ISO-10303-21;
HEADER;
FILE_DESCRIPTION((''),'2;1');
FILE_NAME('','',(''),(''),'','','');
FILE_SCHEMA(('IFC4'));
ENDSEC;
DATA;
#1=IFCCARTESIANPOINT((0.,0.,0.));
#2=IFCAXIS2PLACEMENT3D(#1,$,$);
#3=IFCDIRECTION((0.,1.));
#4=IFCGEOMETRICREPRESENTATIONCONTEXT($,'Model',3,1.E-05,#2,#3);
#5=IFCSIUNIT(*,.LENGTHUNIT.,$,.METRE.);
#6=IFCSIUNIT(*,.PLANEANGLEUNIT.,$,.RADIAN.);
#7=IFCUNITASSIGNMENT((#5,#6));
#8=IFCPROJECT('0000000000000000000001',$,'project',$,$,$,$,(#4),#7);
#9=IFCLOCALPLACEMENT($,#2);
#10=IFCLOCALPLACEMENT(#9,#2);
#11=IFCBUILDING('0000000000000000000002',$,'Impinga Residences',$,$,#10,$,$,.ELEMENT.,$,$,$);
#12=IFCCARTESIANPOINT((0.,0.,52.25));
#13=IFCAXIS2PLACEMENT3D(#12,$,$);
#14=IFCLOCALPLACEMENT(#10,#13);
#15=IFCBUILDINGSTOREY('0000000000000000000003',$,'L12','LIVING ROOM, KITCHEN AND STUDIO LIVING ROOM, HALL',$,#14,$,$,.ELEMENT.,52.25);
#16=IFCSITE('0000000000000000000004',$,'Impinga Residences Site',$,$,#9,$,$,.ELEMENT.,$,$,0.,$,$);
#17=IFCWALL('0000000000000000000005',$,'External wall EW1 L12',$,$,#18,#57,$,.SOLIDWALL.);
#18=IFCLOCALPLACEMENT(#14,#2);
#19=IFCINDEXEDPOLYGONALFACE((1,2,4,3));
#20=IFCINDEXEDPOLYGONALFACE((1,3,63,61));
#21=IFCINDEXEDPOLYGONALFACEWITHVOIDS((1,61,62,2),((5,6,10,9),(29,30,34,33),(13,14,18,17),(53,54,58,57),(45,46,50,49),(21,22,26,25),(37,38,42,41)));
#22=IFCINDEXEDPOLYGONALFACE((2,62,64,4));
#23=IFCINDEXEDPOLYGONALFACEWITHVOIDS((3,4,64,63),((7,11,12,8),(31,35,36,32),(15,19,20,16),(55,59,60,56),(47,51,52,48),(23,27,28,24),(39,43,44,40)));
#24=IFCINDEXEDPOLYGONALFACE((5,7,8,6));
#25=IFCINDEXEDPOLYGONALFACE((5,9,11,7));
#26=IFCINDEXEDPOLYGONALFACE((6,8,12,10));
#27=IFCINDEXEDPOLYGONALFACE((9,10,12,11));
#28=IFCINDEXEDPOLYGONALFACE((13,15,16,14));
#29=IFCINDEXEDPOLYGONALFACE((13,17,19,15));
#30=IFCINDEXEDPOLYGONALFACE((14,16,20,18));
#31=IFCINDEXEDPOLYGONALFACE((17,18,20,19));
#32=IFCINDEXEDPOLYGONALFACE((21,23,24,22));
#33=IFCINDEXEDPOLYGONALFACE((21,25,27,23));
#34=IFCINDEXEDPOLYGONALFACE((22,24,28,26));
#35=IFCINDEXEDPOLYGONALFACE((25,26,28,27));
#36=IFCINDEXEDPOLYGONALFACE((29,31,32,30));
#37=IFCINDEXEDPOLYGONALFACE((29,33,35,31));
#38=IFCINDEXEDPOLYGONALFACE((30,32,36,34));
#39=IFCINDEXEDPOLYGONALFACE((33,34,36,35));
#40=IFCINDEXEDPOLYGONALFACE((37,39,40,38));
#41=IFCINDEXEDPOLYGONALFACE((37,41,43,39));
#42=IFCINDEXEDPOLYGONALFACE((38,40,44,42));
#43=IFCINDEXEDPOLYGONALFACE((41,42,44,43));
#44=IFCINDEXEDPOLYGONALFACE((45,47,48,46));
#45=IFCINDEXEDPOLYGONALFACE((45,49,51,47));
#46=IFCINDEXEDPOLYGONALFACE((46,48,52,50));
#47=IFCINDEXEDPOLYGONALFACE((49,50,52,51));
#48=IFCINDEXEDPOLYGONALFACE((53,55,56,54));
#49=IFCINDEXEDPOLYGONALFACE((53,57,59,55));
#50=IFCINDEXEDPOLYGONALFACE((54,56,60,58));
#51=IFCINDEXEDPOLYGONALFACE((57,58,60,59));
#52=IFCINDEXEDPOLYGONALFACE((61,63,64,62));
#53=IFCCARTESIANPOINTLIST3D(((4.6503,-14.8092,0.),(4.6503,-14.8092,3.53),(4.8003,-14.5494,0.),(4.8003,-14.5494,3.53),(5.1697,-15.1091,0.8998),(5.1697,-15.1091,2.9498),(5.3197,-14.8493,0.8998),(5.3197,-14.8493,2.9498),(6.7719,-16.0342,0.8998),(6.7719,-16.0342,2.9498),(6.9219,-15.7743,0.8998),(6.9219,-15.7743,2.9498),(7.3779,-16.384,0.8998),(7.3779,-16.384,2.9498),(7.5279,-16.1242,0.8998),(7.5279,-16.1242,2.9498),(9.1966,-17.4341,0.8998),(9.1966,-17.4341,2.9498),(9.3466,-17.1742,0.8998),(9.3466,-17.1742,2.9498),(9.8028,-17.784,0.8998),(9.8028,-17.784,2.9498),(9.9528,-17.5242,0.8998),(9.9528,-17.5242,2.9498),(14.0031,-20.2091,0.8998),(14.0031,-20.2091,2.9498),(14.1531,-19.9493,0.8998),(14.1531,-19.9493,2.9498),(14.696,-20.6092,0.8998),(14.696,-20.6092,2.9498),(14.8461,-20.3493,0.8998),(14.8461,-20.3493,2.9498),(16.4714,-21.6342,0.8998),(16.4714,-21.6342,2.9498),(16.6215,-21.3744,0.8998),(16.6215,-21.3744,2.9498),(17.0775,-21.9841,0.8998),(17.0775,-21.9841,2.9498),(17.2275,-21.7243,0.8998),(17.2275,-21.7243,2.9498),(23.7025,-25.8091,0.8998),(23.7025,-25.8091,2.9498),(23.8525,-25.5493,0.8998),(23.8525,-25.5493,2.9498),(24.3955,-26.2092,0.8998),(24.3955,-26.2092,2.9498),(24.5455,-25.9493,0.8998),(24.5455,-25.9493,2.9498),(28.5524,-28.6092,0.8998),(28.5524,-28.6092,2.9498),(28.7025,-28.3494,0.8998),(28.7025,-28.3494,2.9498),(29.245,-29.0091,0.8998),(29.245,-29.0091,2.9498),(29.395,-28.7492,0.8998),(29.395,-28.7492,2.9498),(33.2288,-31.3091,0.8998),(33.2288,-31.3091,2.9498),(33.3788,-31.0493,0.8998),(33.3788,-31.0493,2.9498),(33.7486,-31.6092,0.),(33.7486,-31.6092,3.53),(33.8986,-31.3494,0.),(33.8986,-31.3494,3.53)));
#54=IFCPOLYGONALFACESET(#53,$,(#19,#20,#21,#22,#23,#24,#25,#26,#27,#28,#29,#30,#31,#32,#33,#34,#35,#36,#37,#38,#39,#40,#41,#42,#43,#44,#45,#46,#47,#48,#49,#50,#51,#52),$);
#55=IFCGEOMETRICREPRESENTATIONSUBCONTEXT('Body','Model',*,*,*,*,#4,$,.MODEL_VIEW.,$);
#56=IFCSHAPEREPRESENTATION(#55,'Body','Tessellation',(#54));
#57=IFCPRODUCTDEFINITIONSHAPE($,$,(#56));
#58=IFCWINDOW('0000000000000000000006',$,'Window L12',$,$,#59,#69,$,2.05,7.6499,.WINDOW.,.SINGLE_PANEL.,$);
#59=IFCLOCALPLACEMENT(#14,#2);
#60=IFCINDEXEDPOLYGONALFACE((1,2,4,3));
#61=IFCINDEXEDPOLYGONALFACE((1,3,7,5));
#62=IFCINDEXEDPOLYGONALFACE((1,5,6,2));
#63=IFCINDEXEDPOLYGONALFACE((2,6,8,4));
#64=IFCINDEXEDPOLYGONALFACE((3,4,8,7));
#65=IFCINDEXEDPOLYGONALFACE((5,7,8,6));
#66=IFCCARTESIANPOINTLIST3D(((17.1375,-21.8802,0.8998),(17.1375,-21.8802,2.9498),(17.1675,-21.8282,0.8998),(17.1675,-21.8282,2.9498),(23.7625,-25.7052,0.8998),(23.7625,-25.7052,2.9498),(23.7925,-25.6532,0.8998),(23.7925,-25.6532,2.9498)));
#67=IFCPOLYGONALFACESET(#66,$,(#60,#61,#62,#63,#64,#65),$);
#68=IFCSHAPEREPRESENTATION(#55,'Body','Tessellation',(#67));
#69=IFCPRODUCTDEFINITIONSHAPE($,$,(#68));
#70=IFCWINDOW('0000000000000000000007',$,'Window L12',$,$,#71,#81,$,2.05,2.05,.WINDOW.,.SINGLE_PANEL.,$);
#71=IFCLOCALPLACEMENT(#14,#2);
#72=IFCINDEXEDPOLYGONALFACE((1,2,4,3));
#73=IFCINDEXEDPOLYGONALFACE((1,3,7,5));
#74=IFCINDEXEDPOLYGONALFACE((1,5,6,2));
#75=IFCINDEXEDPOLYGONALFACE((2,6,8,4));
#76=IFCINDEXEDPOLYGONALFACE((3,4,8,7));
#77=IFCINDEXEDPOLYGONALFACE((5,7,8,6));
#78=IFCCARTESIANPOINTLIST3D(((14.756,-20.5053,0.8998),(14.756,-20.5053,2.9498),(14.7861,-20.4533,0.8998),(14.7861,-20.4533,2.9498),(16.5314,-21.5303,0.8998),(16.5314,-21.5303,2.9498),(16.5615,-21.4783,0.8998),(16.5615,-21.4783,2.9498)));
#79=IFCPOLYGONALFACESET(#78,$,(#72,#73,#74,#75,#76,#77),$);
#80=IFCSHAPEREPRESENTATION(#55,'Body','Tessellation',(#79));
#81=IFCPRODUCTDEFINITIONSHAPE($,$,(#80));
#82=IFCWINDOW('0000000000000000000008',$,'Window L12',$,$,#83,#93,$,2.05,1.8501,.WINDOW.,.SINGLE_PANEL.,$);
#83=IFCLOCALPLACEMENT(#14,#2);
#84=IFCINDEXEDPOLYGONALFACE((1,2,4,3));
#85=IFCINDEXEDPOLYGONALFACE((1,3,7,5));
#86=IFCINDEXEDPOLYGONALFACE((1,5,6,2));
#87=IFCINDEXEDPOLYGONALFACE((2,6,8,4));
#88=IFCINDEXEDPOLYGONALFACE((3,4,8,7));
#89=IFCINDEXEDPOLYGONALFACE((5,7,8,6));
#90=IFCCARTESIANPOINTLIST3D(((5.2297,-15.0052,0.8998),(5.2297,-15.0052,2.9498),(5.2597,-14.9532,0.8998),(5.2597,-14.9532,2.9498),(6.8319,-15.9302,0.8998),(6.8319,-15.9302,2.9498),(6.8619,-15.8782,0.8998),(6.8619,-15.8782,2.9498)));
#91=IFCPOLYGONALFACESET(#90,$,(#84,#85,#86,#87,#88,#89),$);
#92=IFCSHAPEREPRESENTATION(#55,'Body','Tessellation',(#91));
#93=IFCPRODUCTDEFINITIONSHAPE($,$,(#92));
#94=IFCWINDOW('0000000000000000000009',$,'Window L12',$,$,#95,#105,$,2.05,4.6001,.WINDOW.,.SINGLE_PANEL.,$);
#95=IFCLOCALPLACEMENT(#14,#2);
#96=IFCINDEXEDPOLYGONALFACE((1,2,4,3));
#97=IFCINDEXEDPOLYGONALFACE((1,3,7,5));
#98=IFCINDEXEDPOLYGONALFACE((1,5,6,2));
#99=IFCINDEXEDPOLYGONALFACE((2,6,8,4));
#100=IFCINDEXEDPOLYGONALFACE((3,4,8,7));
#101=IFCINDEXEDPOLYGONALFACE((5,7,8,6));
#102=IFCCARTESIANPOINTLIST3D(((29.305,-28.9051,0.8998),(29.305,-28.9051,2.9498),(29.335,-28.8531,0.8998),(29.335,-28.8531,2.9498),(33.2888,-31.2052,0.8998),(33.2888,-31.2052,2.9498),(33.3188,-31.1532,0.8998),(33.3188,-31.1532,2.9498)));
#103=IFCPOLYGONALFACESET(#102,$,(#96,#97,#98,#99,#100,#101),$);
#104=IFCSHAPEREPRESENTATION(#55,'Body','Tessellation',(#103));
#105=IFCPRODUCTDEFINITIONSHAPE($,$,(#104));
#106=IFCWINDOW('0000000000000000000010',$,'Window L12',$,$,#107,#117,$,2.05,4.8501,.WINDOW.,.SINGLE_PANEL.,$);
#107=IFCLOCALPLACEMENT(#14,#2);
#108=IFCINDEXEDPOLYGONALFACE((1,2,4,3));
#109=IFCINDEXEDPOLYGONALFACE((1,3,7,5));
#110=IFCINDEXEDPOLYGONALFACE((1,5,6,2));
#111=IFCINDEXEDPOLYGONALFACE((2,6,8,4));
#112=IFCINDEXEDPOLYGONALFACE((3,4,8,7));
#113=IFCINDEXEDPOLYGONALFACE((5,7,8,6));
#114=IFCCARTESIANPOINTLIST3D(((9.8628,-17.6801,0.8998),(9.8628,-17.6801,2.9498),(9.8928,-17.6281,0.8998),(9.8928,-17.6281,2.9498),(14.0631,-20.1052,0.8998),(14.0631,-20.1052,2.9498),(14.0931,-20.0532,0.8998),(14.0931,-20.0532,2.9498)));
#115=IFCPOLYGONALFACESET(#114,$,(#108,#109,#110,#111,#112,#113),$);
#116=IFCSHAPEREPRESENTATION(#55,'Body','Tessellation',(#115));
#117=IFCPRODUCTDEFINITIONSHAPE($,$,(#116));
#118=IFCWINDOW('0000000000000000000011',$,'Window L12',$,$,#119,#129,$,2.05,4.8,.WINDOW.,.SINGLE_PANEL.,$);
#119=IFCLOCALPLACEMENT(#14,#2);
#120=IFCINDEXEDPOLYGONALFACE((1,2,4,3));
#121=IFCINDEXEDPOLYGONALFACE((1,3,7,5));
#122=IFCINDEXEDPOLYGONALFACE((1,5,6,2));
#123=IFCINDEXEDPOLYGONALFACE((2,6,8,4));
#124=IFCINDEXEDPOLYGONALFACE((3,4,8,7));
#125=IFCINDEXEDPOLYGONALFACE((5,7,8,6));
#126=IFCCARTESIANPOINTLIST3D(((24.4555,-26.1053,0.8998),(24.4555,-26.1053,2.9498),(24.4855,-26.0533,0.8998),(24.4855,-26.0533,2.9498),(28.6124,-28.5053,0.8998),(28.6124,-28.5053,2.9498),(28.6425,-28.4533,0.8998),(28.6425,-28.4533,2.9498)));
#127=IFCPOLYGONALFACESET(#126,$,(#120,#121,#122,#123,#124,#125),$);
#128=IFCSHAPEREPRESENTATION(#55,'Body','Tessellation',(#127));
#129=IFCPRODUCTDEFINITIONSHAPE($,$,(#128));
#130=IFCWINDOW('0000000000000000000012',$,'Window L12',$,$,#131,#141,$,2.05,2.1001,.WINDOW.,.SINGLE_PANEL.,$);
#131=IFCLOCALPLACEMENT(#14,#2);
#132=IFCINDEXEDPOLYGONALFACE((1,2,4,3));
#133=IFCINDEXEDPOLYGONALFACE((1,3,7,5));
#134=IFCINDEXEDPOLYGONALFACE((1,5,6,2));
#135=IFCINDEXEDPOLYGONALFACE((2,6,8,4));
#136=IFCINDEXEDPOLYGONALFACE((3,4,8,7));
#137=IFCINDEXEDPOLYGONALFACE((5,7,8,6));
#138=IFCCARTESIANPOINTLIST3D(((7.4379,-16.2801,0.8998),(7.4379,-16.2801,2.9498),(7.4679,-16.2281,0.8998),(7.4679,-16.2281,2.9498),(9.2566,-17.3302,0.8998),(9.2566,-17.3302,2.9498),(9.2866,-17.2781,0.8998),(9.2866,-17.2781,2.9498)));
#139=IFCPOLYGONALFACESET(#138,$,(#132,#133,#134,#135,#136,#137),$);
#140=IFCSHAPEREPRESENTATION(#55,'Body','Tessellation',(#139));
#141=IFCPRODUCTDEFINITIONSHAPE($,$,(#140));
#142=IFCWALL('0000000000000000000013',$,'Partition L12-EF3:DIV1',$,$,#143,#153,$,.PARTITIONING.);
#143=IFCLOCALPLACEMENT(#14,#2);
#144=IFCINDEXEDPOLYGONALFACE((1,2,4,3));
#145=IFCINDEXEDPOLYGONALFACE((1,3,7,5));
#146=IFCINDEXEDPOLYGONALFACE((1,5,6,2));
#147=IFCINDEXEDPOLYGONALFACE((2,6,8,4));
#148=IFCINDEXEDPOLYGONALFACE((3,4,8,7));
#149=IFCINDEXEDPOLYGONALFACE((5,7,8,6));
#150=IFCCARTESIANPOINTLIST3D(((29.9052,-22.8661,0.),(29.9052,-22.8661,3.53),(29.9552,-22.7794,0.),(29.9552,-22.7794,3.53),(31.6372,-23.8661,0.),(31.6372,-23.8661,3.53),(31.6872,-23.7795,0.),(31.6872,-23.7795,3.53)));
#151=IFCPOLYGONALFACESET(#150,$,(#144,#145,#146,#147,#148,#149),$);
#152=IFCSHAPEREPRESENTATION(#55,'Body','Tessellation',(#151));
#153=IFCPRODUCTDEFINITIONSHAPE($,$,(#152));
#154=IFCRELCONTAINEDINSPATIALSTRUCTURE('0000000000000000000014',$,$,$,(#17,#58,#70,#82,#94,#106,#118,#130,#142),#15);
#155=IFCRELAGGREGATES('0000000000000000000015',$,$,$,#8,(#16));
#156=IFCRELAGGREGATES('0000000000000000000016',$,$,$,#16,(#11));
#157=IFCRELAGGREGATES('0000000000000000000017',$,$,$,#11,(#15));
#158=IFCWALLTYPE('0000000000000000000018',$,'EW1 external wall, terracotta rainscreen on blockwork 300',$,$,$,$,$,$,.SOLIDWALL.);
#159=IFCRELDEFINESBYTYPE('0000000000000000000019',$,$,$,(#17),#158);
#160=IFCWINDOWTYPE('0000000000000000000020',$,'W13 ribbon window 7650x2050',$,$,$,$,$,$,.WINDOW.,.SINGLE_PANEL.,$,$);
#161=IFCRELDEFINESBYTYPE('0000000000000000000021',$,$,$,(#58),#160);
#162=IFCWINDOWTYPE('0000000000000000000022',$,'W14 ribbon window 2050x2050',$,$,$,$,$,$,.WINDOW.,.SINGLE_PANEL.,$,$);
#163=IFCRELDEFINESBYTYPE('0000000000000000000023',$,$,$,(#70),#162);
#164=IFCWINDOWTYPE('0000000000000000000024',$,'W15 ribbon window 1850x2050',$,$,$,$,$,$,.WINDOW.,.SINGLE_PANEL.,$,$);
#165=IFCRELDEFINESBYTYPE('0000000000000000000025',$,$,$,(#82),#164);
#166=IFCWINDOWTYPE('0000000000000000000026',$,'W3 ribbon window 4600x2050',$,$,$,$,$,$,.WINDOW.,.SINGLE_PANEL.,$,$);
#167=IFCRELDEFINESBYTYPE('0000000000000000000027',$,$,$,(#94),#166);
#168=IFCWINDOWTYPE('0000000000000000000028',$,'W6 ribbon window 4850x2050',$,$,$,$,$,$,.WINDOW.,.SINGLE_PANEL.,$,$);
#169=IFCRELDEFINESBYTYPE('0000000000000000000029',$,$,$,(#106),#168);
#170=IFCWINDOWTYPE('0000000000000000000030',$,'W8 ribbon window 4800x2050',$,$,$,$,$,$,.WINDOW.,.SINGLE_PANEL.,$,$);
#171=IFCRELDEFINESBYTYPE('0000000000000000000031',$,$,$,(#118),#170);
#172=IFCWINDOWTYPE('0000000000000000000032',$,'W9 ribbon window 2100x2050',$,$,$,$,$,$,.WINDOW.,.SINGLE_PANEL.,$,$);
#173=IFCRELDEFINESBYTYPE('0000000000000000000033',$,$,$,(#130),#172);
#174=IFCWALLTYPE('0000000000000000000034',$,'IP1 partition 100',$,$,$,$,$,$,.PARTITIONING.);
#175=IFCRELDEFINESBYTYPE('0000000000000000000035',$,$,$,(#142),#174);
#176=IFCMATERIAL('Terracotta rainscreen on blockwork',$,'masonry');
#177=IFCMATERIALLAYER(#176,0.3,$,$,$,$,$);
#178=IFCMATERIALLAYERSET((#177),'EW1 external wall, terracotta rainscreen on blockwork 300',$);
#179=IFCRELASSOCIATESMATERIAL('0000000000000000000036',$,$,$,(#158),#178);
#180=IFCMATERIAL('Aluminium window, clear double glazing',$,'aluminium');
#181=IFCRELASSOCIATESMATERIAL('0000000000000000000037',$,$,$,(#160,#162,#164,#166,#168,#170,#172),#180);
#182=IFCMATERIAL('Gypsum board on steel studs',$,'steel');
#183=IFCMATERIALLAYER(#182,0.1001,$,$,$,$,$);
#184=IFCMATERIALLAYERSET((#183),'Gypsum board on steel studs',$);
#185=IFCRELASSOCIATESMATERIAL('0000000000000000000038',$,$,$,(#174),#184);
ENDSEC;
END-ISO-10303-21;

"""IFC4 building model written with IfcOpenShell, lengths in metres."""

from ifc_helpers import new_model, si_unit, direction, frame, frame_2d, origin, place, context, subcontext, project, spatial, rectangle, extrude, material, layer, layer_set, type_object, element, fill, save


model = new_model("IFC4")

# Units and contexts
model_context = context("Model", 3, precision=1e-05, world=origin(), true_north=direction((0.0, 1.0)))
body_context = subcontext(model_context, "Body", "Model", "MODEL_VIEW")
ifc_project = project(units=[si_unit("LENGTHUNIT", "METRE"), si_unit("PLANEANGLEUNIT", "RADIAN")], contexts=[model_context])

# Site, building, storey
site_placement = place(None, origin())
site = spatial("IfcSite", under=ifc_project, at=site_placement, Name="Impinga Residences Site", CompositionType="ELEMENT", RefElevation=0.0)
building_placement = place(site_placement, origin())
building = spatial("IfcBuilding", under=site, at=building_placement, Name="Impinga Residences", CompositionType="ELEMENT")
storey_placement = place(building_placement, frame((0.0, 0.0, 52.25)))
storey = spatial("IfcBuildingStorey", under=building, at=storey_placement, Name="L12", Description="LIVING ROOM, KITCHEN AND STUDIO LIVING ROOM, HALL", CompositionType="ELEMENT", Elevation=52.25)

# Shared definitions
ifc_material_1 = material(Name="Terracotta rainscreen on blockwork", Category="masonry")
ifc_layer_1 = layer(ifc_material_1, 0.3)
ifc_layer_set_1 = layer_set([ifc_layer_1], Name="EW1 external wall, terracotta rainscreen on blockwork 300")
wall_type_1 = type_object("IfcWallType", Name="EW1 external wall, terracotta rainscreen on blockwork 300", PredefinedType="SOLIDWALL", material=ifc_layer_set_1)

# Wall, openings, windows
wall_1_placement = place(storey_placement, frame((33.8235, -31.4792, 0.0), z_axis=(0.0, 0.0, 1.0), x_axis=(-0.866024, 0.500002, 0.0)))
wall_1 = element("IfcWall", 1, at=wall_1_placement, inside=storey, type_object=wall_type_1, Name="External wall EW1 L12", PredefinedType="SOLIDWALL", context=body_context, shape_type="SweptSolid", body=[
    extrude(rectangle(XDim=33.5999, YDim=0.3, at=frame_2d((16.7998, 0.0))), origin(), (0.0, 0.0, 1.0), 3.53),
])
opening_1_placement = place(wall_1_placement, frame((0.6001, 0.0, 0.8999)))
opening_1 = element("IfcOpeningElement", 2, at=opening_1_placement, cuts=wall_1, PredefinedType="OPENING", context=body_context, shape_type="SweptSolid", body=[
    extrude(rectangle(XDim=4.6001, YDim=2.05, at=frame_2d((2.3, 1.0249))), frame((0.0, 0.1599, 0.0), z_axis=(0.0, -1.0, 0.0), x_axis=(1.0, 0.0, 0.0)), (0.0, 0.0, 1.0), 0.3201),
])
opening_2_placement = place(wall_1_placement, frame((6.0, 0.0, 0.8999)))
opening_2 = element("IfcOpeningElement", 3, at=opening_2_placement, cuts=wall_1, PredefinedType="OPENING", context=body_context, shape_type="SweptSolid", body=[
    extrude(rectangle(XDim=4.8, YDim=2.05, at=frame_2d((2.3999, 1.0249))), frame((0.0, 0.1599, 0.0), z_axis=(0.0, -1.0, 0.0), x_axis=(1.0, 0.0, 0.0)), (0.0, 0.0, 1.0), 0.3201),
])
opening_3_placement = place(wall_1_placement, frame((11.6001, 0.0, 0.8999)))
opening_3 = element("IfcOpeningElement", 4, at=opening_3_placement, cuts=wall_1, PredefinedType="OPENING", context=body_context, shape_type="SweptSolid", body=[
    extrude(rectangle(XDim=7.6499, YDim=2.05, at=frame_2d((3.825, 1.0249))), frame((0.0, 0.1599, 0.0), z_axis=(0.0, -1.0, 0.0), x_axis=(1.0, 0.0, 0.0)), (0.0, 0.0, 1.0), 0.3201),
])
opening_4_placement = place(wall_1_placement, frame((19.95, 0.0, 0.8999)))
opening_4 = element("IfcOpeningElement", 5, at=opening_4_placement, cuts=wall_1, PredefinedType="OPENING", context=body_context, shape_type="SweptSolid", body=[
    extrude(rectangle(XDim=2.05, YDim=2.05, at=frame_2d((1.0249, 1.0249))), frame((0.0, 0.1599, 0.0), z_axis=(0.0, -1.0, 0.0), x_axis=(1.0, 0.0, 0.0)), (0.0, 0.0, 1.0), 0.3201),
])
opening_5_placement = place(wall_1_placement, frame((22.8, 0.0, 0.8999)))
opening_5 = element("IfcOpeningElement", 6, at=opening_5_placement, cuts=wall_1, PredefinedType="OPENING", context=body_context, shape_type="SweptSolid", body=[
    extrude(rectangle(XDim=4.8501, YDim=2.05, at=frame_2d((2.425, 1.0249))), frame((0.0, 0.1599, 0.0), z_axis=(0.0, -1.0, 0.0), x_axis=(1.0, 0.0, 0.0)), (0.0, 0.0, 1.0), 0.3201),
])
opening_6_placement = place(wall_1_placement, frame((28.3501, 0.0, 0.8999)))
opening_6 = element("IfcOpeningElement", 7, at=opening_6_placement, cuts=wall_1, PredefinedType="OPENING", context=body_context, shape_type="SweptSolid", body=[
    extrude(rectangle(XDim=2.1001, YDim=2.05, at=frame_2d((1.05, 1.0249))), frame((0.0, 0.1599, 0.0), z_axis=(0.0, -1.0, 0.0), x_axis=(1.0, 0.0, 0.0)), (0.0, 0.0, 1.0), 0.3201),
])
opening_7_placement = place(wall_1_placement, frame((31.1499, 0.0, 0.8999)))
opening_7 = element("IfcOpeningElement", 8, at=opening_7_placement, cuts=wall_1, PredefinedType="OPENING", context=body_context, shape_type="SweptSolid", body=[
    extrude(rectangle(XDim=1.8501, YDim=2.05, at=frame_2d((0.925, 1.0249))), frame((0.0, 0.1599, 0.0), z_axis=(0.0, -1.0, 0.0), x_axis=(1.0, 0.0, 0.0)), (0.0, 0.0, 1.0), 0.3201),
])
ifc_material_2 = material(Name="Aluminium window, clear double glazing", Category="aluminium")
window_type_1 = type_object("IfcWindowType", Name="W13 ribbon window 7650x2050", PartitioningType="SINGLE_PANEL", PredefinedType="WINDOW", material=ifc_material_2)
window_1_placement = place(opening_3_placement, origin())
window_1 = element("IfcWindow", 9, at=window_1_placement, inside=storey, type_object=window_type_1, Name="Window L12", OverallHeight=2.05, OverallWidth=7.6499, PartitioningType="SINGLE_PANEL", PredefinedType="WINDOW", context=body_context, shape_type="SweptSolid", body=[
    extrude(rectangle(XDim=7.6499, YDim=2.05, at=frame_2d((3.825, 1.0249))), frame((0.0, 0.03, 0.0), z_axis=(0.0, -1.0, 0.0), x_axis=(1.0, 0.0, 0.0)), (0.0, 0.0, 1.0), 0.0601),
])
fill(opening_3, window_1)
window_type_2 = type_object("IfcWindowType", Name="W14 ribbon window 2050x2050", PartitioningType="SINGLE_PANEL", PredefinedType="WINDOW", material=ifc_material_2)
window_2_placement = place(opening_4_placement, origin())
window_2 = element("IfcWindow", 10, at=window_2_placement, inside=storey, type_object=window_type_2, Name="Window L12", OverallHeight=2.05, OverallWidth=2.05, PartitioningType="SINGLE_PANEL", PredefinedType="WINDOW", context=body_context, shape_type="SweptSolid", body=[
    extrude(rectangle(XDim=2.05, YDim=2.05, at=frame_2d((1.0249, 1.0249))), frame((0.0, 0.03, 0.0), z_axis=(0.0, -1.0, 0.0), x_axis=(1.0, 0.0, 0.0)), (0.0, 0.0, 1.0), 0.0601),
])
fill(opening_4, window_2)
window_type_3 = type_object("IfcWindowType", Name="W15 ribbon window 1850x2050", PartitioningType="SINGLE_PANEL", PredefinedType="WINDOW", material=ifc_material_2)
window_3_placement = place(opening_7_placement, origin())
window_3 = element("IfcWindow", 11, at=window_3_placement, inside=storey, type_object=window_type_3, Name="Window L12", OverallHeight=2.05, OverallWidth=1.8501, PartitioningType="SINGLE_PANEL", PredefinedType="WINDOW", context=body_context, shape_type="SweptSolid", body=[
    extrude(rectangle(XDim=1.8501, YDim=2.05, at=frame_2d((0.925, 1.0249))), frame((0.0, 0.03, 0.0), z_axis=(0.0, -1.0, 0.0), x_axis=(1.0, 0.0, 0.0)), (0.0, 0.0, 1.0), 0.0601),
])
fill(opening_7, window_3)
window_type_4 = type_object("IfcWindowType", Name="W3 ribbon window 4600x2050", PartitioningType="SINGLE_PANEL", PredefinedType="WINDOW", material=ifc_material_2)
window_4_placement = place(opening_1_placement, origin())
window_4 = element("IfcWindow", 12, at=window_4_placement, inside=storey, type_object=window_type_4, Name="Window L12", OverallHeight=2.05, OverallWidth=4.6001, PartitioningType="SINGLE_PANEL", PredefinedType="WINDOW", context=body_context, shape_type="SweptSolid", body=[
    extrude(rectangle(XDim=4.6001, YDim=2.05, at=frame_2d((2.3, 1.0249))), frame((0.0, 0.03, 0.0), z_axis=(0.0, -1.0, 0.0), x_axis=(1.0, 0.0, 0.0)), (0.0, 0.0, 1.0), 0.0601),
])
fill(opening_1, window_4)
window_type_5 = type_object("IfcWindowType", Name="W6 ribbon window 4850x2050", PartitioningType="SINGLE_PANEL", PredefinedType="WINDOW", material=ifc_material_2)
window_5_placement = place(opening_5_placement, origin())
window_5 = element("IfcWindow", 13, at=window_5_placement, inside=storey, type_object=window_type_5, Name="Window L12", OverallHeight=2.05, OverallWidth=4.8501, PartitioningType="SINGLE_PANEL", PredefinedType="WINDOW", context=body_context, shape_type="SweptSolid", body=[
    extrude(rectangle(XDim=4.8501, YDim=2.05, at=frame_2d((2.425, 1.0249))), frame((0.0, 0.03, 0.0), z_axis=(0.0, -1.0, 0.0), x_axis=(1.0, 0.0, 0.0)), (0.0, 0.0, 1.0), 0.0601),
])
fill(opening_5, window_5)
window_type_6 = type_object("IfcWindowType", Name="W8 ribbon window 4800x2050", PartitioningType="SINGLE_PANEL", PredefinedType="WINDOW", material=ifc_material_2)
window_6_placement = place(opening_2_placement, origin())
window_6 = element("IfcWindow", 14, at=window_6_placement, inside=storey, type_object=window_type_6, Name="Window L12", OverallHeight=2.05, OverallWidth=4.8, PartitioningType="SINGLE_PANEL", PredefinedType="WINDOW", context=body_context, shape_type="SweptSolid", body=[
    extrude(rectangle(XDim=4.8, YDim=2.05, at=frame_2d((2.3999, 1.0249))), frame((0.0, 0.03, 0.0), z_axis=(0.0, -1.0, 0.0), x_axis=(1.0, 0.0, 0.0)), (0.0, 0.0, 1.0), 0.0601),
])
fill(opening_2, window_6)
window_type_7 = type_object("IfcWindowType", Name="W9 ribbon window 2100x2050", PartitioningType="SINGLE_PANEL", PredefinedType="WINDOW", material=ifc_material_2)
window_7_placement = place(opening_6_placement, origin())
window_7 = element("IfcWindow", 15, at=window_7_placement, inside=storey, type_object=window_type_7, Name="Window L12", OverallHeight=2.05, OverallWidth=2.1001, PartitioningType="SINGLE_PANEL", PredefinedType="WINDOW", context=body_context, shape_type="SweptSolid", body=[
    extrude(rectangle(XDim=2.1001, YDim=2.05, at=frame_2d((1.05, 1.0249))), frame((0.0, 0.03, 0.0), z_axis=(0.0, -1.0, 0.0), x_axis=(1.0, 0.0, 0.0)), (0.0, 0.0, 1.0), 0.0601),
])
fill(opening_6, window_7)

# Wall
ifc_material_3 = material(Name="Gypsum board on steel studs", Category="steel")
ifc_layer_2 = layer(ifc_material_3, 0.1001)
ifc_layer_set_2 = layer_set([ifc_layer_2], Name="Gypsum board on steel studs")
wall_type_2 = type_object("IfcWallType", Name="IP1 partition 100", PredefinedType="PARTITIONING", material=ifc_layer_set_2)
wall_2_placement = place(storey_placement, frame((29.9302, -22.8228, 0.0), z_axis=(0.0, 0.0, 1.0), x_axis=(0.866011, -0.500025, 0.0)))
element("IfcWall", 16, at=wall_2_placement, inside=storey, type_object=wall_type_2, Name="Partition L12-EF3:DIV1", PredefinedType="PARTITIONING", context=body_context, shape_type="SweptSolid", body=[
    extrude(rectangle(XDim=2.0, YDim=0.1001, at=frame_2d((1.0, 0.0))), origin(), (0.0, 0.0, 1.0), 3.53),
])

save(model, "model.ifc")
